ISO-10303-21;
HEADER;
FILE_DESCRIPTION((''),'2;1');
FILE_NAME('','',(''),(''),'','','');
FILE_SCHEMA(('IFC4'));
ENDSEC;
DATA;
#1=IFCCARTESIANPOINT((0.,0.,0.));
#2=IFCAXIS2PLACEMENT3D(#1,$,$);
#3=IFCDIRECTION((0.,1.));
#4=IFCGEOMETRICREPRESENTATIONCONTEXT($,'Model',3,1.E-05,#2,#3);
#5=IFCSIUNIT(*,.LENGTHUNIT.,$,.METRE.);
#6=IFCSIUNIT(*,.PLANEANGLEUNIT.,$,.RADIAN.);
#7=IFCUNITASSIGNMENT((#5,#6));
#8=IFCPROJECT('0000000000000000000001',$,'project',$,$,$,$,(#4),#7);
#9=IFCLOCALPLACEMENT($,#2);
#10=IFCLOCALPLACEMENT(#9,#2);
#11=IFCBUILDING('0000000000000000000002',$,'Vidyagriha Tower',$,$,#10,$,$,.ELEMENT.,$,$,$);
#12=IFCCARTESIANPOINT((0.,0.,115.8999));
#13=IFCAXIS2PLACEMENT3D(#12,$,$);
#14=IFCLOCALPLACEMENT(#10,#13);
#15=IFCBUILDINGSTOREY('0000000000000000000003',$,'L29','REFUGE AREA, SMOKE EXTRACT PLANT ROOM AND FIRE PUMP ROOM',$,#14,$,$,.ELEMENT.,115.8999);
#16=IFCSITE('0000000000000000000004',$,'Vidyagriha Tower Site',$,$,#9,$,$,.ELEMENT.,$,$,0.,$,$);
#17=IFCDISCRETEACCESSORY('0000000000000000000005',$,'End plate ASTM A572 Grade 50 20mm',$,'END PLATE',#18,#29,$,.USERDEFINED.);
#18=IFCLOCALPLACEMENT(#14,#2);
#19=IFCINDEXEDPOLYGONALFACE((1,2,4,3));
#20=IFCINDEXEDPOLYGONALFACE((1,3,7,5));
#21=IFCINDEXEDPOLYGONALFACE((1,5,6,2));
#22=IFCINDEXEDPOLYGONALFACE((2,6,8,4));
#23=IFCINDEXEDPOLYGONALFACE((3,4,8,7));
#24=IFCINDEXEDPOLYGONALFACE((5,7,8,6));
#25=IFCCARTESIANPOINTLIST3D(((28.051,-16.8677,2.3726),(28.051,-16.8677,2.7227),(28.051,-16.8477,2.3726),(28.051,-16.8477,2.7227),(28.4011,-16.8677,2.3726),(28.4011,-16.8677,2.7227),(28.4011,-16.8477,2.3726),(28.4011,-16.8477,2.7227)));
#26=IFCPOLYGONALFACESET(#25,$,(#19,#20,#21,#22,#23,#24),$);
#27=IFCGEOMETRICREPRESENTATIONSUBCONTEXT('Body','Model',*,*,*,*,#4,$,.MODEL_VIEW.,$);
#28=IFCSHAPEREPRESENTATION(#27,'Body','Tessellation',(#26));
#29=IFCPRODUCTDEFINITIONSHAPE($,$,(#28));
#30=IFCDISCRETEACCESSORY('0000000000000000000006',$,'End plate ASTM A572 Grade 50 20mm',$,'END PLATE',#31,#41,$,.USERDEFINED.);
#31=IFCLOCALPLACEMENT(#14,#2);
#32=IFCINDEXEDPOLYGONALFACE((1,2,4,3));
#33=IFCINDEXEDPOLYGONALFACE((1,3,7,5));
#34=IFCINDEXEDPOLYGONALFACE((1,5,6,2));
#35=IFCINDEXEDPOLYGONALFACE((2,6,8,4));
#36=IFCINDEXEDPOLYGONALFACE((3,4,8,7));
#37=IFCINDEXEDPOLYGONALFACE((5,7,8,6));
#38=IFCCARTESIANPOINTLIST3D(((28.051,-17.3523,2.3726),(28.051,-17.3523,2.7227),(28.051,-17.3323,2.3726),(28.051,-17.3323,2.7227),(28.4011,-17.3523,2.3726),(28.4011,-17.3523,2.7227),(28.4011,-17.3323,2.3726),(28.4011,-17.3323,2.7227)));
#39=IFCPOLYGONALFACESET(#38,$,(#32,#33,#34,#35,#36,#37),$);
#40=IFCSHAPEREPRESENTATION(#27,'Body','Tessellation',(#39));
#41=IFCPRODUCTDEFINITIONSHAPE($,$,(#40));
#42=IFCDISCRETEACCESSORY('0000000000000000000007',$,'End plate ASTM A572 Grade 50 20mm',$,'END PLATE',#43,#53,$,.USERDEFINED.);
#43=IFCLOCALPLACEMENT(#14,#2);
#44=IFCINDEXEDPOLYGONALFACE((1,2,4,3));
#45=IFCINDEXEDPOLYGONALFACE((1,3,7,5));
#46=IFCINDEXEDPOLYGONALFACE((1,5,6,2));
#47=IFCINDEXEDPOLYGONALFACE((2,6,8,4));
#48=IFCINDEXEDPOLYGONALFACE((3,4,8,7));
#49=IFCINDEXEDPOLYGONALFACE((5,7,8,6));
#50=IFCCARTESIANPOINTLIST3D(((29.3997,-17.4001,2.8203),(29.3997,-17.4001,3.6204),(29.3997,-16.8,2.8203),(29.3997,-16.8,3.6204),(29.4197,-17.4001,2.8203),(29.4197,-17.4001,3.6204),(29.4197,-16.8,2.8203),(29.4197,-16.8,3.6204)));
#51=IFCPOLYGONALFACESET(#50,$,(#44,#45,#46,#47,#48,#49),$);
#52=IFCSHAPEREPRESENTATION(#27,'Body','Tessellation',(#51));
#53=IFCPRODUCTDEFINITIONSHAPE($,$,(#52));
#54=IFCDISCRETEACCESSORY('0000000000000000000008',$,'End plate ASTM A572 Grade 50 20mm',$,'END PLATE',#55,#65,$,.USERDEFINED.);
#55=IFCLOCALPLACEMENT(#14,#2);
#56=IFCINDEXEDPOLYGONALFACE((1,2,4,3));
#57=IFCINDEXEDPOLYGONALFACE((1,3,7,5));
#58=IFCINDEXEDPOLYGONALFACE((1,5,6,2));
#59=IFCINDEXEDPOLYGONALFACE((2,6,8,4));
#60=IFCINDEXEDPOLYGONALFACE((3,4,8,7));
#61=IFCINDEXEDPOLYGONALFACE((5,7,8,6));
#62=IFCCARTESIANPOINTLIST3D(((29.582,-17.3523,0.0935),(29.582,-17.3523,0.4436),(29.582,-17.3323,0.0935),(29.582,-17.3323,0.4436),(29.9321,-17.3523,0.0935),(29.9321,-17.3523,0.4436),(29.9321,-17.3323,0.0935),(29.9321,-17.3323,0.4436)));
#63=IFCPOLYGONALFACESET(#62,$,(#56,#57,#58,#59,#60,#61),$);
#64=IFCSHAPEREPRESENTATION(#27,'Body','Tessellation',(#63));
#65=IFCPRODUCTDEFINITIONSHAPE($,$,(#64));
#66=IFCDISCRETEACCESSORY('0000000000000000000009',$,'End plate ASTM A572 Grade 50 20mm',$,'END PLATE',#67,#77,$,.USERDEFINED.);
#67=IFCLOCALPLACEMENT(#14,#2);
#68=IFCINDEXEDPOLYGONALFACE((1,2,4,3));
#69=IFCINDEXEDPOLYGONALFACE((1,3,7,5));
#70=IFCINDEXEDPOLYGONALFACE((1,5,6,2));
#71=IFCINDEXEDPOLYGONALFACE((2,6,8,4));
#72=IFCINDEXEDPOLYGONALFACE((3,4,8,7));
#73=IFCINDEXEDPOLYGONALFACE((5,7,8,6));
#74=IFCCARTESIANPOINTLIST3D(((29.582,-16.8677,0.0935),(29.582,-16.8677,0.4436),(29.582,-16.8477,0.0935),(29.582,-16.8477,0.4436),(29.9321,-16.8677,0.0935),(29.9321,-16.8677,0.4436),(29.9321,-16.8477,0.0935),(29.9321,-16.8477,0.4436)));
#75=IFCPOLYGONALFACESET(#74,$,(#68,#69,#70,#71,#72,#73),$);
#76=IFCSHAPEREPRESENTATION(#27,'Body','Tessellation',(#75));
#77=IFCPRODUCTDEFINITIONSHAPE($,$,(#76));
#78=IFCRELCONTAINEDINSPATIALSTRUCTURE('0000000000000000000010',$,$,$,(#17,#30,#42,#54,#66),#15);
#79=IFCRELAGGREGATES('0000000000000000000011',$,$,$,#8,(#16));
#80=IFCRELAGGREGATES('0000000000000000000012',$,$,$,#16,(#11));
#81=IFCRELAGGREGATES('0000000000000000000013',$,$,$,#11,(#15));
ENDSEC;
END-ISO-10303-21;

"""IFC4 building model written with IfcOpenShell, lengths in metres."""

from ifc_helpers import new_model, si_unit, direction, frame, origin, origin_2d, place, context, subcontext, project, spatial, rectangle, extrude, element, save


model = new_model("IFC4")

# Units and contexts
model_context = context("Model", 3, precision=1e-05, world=origin(), true_north=direction((0.0, 1.0)))
body_context = subcontext(model_context, "Body", "Model", "MODEL_VIEW")
ifc_project = project(units=[si_unit("LENGTHUNIT", "METRE"), si_unit("PLANEANGLEUNIT", "RADIAN")], contexts=[model_context])

# Site, building, storey
site_placement = place(None, origin())
site = spatial("IfcSite", under=ifc_project, at=site_placement, Name="Vidyagriha Tower Site", CompositionType="ELEMENT", RefElevation=0.0)
building_placement = place(site_placement, origin())
building = spatial("IfcBuilding", under=site, at=building_placement, Name="Vidyagriha Tower", CompositionType="ELEMENT")
storey_placement = place(building_placement, frame((0.0, 0.0, 115.8999)))
storey = spatial("IfcBuildingStorey", under=building, at=storey_placement, Name="L29", Description="REFUGE AREA, SMOKE EXTRACT PLANT ROOM AND FIRE PUMP ROOM", CompositionType="ELEMENT", Elevation=115.8999)

# Discrete accessories
for number, where, name in (
    (1, (28.2261, -16.8577, 2.3726), "End plate ASTM A572 Grade 50 20mm"),
    (2, (28.2261, -17.3423, 2.3726), "End plate ASTM A572 Grade 50 20mm"),
):
    element("IfcDiscreteAccessory", number, at=place(storey_placement, frame(where)), inside=storey, Name=name, ObjectType="END PLATE", PredefinedType="USERDEFINED", context=body_context, shape_type="SweptSolid", body=[
        extrude(rectangle(XDim=0.3501, YDim=0.02, at=origin_2d()), origin(), (0.0, 0.0, 1.0), 0.3501),
    ])
discrete_accessory_1_placement = place(storey_placement, frame((29.4097, -17.1001, 2.8203), z_axis=(0.0, 0.0, 1.0), x_axis=(-1.0, 0.0, 0.0)))
element("IfcDiscreteAccessory", 3, at=discrete_accessory_1_placement, inside=storey, Name="End plate ASTM A572 Grade 50 20mm", ObjectType="END PLATE", PredefinedType="USERDEFINED", context=body_context, shape_type="SweptSolid", body=[
    extrude(rectangle(XDim=0.02, YDim=0.6001, at=origin_2d()), origin(), (0.0, 0.0, 1.0), 0.8),
])
for number, where, z_axis, x_axis, name in (
    (4, (29.7571, -17.3423, 0.0935), (0.0, 0.0, 1.0), (-1.0, 0.0, 0.0), "End plate ASTM A572 Grade 50 20mm"),
    (5, (29.7571, -16.8577, 0.0935), (0.0, 0.0, 1.0), (-1.0, 0.0, 0.0), "End plate ASTM A572 Grade 50 20mm"),
):
    element("IfcDiscreteAccessory", number, at=place(storey_placement, frame(where, z_axis=z_axis, x_axis=x_axis)), inside=storey, Name=name, ObjectType="END PLATE", PredefinedType="USERDEFINED", context=body_context, shape_type="SweptSolid", body=[
        extrude(rectangle(XDim=0.3501, YDim=0.02, at=origin_2d()), origin(), (0.0, 0.0, 1.0), 0.3501),
    ])

save(model, "model.ifc")
